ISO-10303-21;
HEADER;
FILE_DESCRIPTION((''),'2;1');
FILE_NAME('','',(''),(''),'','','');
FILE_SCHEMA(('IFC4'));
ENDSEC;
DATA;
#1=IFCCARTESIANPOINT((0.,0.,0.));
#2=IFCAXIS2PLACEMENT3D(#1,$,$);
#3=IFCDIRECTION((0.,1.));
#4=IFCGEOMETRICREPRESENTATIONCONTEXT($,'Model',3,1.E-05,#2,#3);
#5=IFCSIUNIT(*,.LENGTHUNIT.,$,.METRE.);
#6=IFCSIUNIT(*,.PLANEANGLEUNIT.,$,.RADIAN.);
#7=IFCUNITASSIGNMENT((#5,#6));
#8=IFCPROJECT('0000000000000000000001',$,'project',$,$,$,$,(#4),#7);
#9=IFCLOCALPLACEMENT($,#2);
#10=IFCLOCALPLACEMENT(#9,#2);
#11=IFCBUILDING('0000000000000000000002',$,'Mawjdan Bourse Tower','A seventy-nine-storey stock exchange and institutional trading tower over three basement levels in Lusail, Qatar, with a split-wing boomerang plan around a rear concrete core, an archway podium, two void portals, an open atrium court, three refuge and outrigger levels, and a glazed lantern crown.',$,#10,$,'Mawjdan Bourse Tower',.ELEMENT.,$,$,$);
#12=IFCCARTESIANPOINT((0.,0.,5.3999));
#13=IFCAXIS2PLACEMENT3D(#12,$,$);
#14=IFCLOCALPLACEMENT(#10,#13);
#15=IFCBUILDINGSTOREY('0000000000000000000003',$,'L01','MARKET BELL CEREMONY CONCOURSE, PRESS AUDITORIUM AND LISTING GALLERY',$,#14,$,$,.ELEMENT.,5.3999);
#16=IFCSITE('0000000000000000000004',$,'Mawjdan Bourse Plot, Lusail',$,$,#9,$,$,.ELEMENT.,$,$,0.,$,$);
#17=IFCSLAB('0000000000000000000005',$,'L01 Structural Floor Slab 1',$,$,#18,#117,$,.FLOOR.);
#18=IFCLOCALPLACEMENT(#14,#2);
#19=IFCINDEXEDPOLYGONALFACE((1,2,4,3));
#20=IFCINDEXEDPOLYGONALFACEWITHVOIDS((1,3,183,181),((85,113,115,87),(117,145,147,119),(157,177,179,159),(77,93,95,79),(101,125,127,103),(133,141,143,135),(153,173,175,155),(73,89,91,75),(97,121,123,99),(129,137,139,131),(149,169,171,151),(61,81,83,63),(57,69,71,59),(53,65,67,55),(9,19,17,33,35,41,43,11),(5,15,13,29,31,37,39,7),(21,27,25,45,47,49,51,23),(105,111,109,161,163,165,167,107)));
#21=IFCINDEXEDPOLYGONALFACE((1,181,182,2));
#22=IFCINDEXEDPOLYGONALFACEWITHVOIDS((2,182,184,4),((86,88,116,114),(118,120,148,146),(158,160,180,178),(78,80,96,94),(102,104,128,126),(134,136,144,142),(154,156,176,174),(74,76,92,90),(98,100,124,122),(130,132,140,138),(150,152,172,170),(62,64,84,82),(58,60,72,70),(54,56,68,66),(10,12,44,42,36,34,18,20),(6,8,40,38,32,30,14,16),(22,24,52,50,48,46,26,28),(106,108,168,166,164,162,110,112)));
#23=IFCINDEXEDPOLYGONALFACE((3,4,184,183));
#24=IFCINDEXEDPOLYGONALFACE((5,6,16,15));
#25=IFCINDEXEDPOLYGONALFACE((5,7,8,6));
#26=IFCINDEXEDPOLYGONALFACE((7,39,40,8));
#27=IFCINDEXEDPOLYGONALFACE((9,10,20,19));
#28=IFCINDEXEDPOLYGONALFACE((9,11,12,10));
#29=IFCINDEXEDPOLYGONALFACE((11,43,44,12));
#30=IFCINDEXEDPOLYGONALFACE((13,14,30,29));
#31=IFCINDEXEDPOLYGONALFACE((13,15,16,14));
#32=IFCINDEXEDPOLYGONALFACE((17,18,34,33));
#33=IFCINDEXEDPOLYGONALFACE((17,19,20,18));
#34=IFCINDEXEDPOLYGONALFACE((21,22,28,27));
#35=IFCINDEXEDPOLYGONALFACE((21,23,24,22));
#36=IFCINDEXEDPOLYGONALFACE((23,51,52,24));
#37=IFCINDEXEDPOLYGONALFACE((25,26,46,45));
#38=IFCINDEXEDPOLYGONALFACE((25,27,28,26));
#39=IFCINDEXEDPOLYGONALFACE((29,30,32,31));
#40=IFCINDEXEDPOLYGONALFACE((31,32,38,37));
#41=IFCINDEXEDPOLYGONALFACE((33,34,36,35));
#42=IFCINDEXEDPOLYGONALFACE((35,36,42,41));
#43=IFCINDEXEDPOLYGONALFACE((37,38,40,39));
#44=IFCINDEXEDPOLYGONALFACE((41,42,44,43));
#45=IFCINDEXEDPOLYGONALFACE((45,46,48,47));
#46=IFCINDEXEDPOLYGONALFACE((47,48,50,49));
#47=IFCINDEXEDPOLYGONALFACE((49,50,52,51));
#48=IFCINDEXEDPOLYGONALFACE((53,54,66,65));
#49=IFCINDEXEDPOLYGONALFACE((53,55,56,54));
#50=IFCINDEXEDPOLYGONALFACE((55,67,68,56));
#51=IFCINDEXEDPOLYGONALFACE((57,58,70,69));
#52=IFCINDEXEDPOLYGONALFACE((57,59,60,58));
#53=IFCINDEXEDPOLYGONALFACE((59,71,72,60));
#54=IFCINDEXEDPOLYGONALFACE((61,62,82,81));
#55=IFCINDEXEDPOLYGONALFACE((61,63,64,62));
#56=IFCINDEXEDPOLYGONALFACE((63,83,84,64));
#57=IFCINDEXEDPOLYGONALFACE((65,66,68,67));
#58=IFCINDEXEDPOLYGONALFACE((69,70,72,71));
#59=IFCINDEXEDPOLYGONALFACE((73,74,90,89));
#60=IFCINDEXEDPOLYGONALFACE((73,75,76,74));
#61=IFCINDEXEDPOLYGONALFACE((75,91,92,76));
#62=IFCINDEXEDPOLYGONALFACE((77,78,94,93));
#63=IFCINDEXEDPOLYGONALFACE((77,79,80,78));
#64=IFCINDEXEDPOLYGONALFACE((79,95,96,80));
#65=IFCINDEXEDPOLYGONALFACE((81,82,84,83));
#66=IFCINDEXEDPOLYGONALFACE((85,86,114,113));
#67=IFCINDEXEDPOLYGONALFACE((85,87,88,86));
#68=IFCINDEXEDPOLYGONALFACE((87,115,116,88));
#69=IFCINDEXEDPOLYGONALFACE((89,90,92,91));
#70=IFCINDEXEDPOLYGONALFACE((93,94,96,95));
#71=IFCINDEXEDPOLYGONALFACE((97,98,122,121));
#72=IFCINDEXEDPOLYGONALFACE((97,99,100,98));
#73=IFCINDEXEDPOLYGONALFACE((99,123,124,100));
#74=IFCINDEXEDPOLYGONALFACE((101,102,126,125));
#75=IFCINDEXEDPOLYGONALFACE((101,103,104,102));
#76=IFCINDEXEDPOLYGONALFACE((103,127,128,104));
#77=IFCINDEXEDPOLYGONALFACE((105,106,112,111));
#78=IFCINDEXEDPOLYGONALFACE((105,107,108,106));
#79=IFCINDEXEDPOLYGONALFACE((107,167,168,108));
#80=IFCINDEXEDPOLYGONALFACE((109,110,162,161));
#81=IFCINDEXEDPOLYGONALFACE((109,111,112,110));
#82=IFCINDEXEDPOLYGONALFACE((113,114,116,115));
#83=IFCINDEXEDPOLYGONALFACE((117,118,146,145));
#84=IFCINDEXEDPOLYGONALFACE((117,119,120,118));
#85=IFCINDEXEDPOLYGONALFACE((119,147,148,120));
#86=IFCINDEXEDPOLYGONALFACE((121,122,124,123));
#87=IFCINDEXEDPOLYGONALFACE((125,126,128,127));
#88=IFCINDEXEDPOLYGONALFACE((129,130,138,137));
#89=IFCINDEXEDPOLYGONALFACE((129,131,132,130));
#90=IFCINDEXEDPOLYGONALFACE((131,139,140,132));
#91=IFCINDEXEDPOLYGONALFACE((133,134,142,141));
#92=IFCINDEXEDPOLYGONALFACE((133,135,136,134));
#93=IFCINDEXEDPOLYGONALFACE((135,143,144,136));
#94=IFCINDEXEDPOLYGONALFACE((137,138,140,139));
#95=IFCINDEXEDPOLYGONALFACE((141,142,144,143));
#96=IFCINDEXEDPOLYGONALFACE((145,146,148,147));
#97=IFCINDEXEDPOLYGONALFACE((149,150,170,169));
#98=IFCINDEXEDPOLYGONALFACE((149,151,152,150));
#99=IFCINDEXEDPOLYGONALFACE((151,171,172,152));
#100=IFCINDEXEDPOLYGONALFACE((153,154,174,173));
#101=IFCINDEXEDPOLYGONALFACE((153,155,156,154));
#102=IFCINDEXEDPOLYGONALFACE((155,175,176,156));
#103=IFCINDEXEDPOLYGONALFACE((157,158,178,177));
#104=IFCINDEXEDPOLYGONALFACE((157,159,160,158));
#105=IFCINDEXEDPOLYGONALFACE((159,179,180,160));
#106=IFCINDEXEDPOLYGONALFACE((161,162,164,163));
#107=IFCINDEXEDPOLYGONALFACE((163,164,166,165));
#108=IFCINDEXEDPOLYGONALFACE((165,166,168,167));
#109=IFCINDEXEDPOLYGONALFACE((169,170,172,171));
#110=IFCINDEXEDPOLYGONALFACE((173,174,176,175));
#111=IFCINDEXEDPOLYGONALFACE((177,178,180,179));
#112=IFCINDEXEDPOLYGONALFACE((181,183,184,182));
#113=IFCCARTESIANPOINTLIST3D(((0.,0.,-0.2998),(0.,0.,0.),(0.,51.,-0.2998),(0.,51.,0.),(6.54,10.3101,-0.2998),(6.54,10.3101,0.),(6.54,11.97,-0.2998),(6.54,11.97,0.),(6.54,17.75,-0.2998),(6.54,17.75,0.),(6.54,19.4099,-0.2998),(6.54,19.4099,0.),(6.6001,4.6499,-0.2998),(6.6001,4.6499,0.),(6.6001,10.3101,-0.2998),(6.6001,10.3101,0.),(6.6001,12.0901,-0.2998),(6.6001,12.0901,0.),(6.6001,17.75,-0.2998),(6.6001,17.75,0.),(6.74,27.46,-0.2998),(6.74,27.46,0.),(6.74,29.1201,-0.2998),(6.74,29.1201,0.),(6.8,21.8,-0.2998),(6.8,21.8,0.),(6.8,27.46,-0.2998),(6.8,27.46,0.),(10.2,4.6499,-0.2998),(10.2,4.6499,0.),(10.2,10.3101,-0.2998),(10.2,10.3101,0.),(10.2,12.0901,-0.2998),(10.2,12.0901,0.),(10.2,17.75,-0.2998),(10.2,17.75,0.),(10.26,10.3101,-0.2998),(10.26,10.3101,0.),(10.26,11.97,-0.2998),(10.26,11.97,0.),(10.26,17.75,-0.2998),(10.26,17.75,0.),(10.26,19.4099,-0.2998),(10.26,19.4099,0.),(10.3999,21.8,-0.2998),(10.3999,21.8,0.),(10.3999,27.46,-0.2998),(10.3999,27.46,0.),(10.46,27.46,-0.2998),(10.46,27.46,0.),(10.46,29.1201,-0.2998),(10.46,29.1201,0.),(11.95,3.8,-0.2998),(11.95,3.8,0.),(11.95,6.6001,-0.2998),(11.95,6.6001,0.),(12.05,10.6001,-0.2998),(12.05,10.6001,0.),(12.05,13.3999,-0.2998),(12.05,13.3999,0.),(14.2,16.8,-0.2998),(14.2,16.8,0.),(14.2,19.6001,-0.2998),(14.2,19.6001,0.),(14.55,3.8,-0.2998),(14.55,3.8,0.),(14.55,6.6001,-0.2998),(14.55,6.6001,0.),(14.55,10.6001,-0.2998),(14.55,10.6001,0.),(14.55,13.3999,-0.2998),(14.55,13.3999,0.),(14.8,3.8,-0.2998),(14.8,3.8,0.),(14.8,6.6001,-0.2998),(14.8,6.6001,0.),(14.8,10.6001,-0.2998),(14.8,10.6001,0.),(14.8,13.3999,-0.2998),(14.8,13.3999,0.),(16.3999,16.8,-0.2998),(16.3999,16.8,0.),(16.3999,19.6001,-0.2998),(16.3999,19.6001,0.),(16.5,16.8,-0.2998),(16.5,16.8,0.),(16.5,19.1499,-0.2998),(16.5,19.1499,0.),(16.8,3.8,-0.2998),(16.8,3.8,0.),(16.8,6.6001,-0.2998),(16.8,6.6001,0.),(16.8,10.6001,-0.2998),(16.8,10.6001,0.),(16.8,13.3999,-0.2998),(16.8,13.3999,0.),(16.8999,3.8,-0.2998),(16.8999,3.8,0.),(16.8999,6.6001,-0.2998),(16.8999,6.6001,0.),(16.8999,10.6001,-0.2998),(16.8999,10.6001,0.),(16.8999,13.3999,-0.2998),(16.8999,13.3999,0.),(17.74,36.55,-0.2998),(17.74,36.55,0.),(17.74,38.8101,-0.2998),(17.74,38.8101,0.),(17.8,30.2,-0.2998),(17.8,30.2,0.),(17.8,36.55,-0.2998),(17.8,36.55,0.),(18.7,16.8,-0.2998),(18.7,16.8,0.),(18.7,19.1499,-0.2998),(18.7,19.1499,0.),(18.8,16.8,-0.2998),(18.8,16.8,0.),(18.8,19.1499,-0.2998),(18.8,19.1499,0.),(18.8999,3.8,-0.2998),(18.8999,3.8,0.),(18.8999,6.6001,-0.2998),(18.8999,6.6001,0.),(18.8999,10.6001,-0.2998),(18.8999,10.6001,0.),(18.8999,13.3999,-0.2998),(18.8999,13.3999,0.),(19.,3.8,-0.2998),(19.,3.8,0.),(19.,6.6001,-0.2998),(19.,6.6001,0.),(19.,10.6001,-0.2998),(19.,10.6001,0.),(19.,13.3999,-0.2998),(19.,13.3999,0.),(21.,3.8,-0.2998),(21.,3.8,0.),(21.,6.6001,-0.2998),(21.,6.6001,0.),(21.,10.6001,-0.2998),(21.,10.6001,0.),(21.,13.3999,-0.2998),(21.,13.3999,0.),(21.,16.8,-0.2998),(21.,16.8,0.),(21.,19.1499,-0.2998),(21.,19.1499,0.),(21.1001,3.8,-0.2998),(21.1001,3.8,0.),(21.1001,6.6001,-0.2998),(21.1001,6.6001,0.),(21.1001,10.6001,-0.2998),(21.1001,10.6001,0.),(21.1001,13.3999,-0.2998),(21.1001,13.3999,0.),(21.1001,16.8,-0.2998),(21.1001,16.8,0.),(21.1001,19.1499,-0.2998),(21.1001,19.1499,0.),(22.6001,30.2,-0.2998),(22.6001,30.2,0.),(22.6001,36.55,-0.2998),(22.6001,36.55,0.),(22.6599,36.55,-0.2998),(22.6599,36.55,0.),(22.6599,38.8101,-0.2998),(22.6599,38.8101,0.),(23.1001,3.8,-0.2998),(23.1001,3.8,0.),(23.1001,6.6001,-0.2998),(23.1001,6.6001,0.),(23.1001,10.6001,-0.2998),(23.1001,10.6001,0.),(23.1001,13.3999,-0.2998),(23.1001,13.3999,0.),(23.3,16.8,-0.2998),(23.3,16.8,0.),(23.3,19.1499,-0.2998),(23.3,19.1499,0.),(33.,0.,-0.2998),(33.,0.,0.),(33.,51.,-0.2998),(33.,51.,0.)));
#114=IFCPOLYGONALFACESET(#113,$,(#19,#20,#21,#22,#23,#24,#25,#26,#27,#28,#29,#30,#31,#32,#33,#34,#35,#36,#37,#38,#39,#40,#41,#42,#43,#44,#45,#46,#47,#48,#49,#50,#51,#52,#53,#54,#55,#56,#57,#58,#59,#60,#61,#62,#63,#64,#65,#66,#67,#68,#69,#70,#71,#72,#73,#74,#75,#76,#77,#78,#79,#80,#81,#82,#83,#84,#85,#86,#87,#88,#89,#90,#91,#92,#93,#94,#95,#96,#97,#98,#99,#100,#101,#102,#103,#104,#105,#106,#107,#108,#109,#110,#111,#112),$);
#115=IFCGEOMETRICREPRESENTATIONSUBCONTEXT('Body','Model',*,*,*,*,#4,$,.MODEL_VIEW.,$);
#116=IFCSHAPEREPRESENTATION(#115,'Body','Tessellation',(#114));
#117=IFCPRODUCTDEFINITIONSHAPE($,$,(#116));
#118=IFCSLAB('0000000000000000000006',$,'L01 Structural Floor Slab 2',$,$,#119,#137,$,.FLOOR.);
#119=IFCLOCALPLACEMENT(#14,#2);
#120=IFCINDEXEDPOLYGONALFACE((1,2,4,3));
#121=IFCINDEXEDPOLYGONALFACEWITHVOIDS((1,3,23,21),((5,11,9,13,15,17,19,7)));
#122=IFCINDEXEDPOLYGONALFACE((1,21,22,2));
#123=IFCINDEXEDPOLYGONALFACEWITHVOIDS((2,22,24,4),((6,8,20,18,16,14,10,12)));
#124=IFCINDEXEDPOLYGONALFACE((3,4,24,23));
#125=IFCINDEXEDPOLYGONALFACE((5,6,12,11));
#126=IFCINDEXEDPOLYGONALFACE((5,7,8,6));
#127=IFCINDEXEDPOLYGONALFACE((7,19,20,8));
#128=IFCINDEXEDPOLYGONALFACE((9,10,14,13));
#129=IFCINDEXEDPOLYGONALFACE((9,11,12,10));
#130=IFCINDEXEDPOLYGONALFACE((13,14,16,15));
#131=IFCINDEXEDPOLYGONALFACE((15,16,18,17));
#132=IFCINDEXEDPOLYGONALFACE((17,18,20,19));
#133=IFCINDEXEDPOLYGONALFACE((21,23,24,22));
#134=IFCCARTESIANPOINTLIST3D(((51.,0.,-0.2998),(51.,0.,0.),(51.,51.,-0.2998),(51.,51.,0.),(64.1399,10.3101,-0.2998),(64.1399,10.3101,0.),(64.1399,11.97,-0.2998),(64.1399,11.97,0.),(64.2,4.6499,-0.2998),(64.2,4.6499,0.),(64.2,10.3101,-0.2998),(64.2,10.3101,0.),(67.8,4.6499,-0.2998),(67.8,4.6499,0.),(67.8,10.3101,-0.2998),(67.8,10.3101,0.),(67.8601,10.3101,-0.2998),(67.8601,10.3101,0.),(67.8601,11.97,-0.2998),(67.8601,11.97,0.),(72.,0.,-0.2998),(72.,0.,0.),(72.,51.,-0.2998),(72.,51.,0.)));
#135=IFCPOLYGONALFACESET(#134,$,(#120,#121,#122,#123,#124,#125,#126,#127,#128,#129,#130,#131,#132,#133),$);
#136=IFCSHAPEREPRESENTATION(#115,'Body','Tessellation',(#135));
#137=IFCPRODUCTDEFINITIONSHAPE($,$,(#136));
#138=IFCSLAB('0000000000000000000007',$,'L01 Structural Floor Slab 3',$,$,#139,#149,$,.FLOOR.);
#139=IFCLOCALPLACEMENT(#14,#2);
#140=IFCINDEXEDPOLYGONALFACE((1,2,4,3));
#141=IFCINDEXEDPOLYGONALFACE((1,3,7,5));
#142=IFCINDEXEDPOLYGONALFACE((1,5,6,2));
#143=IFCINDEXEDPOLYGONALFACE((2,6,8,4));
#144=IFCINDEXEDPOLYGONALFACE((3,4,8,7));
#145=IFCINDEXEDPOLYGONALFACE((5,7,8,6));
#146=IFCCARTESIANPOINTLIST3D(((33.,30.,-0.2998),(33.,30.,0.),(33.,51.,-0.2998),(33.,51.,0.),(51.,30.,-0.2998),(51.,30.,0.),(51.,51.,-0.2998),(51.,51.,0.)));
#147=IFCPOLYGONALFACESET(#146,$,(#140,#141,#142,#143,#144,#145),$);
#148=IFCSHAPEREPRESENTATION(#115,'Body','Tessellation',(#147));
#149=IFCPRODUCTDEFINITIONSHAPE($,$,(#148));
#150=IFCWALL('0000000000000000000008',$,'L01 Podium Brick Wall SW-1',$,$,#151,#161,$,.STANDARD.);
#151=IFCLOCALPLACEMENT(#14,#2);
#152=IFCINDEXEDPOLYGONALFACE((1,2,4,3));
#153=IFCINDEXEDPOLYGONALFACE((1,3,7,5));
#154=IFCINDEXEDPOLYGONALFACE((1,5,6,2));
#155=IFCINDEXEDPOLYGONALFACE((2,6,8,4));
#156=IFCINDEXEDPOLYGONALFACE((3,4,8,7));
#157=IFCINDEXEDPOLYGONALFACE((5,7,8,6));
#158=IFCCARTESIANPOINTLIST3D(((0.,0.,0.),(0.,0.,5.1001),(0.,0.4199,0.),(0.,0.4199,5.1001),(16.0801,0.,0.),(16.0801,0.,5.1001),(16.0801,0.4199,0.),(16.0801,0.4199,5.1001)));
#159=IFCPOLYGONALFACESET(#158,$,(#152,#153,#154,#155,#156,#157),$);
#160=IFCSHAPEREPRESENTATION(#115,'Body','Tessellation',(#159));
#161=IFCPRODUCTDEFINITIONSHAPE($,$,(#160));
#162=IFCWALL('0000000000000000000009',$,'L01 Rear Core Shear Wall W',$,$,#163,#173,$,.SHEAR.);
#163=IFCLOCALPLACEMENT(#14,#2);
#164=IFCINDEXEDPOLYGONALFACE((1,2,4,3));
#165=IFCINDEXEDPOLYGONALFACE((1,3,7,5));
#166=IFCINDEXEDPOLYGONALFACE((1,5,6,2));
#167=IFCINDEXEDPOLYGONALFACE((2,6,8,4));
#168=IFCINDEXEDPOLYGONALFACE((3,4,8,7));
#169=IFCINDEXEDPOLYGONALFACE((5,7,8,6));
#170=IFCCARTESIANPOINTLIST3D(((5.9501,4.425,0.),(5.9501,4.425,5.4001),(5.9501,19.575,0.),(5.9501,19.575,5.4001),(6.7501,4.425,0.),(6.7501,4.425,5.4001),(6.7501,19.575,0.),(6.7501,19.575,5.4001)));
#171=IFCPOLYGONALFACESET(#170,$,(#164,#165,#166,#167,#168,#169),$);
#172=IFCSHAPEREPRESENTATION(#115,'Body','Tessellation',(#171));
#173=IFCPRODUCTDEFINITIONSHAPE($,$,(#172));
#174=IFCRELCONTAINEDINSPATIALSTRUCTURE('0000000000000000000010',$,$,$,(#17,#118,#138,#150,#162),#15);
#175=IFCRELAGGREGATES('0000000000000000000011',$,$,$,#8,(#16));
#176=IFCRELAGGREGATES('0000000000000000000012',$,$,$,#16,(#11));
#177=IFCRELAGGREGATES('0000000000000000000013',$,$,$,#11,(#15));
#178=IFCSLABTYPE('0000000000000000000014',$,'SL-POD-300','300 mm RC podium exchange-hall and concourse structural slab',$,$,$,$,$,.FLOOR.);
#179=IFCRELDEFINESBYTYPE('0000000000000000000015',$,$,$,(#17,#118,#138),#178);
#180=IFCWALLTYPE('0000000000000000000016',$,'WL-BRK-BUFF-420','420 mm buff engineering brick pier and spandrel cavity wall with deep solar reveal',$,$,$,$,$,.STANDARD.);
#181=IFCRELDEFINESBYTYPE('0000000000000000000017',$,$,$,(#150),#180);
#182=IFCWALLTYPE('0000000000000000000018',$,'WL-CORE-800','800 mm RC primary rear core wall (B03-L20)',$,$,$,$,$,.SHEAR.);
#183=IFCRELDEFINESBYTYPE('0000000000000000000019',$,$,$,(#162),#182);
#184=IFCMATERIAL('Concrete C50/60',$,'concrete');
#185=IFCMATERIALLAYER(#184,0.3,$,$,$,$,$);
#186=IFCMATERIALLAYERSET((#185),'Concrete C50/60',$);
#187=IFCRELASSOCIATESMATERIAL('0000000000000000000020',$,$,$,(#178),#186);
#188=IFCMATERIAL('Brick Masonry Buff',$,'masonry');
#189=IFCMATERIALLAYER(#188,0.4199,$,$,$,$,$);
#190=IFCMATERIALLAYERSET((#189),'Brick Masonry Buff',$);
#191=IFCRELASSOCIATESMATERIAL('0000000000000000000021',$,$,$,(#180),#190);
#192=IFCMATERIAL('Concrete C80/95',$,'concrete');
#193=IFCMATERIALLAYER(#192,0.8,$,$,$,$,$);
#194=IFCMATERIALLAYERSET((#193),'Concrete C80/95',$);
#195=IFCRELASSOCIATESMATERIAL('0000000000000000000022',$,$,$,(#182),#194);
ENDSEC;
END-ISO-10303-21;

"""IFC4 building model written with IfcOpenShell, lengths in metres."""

from ifc_helpers import new_model, si_unit, direction, frame, frame_2d, origin, place, context, subcontext, project, spatial, polyline, rectangle, outline, extrude, material, layer, layer_set, type_object, element, save


model = new_model("IFC4")

# Units and contexts
model_context = context("Model", 3, precision=1e-05, world=origin(), true_north=direction((0.0, 1.0)))
body_context = subcontext(model_context, "Body", "Model", "MODEL_VIEW")
ifc_project = project(units=[si_unit("LENGTHUNIT", "METRE"), si_unit("PLANEANGLEUNIT", "RADIAN")], contexts=[model_context])

# Site, building, storey
site_placement = place(None, origin())
site = spatial("IfcSite", under=ifc_project, at=site_placement, Name="Mawjdan Bourse Plot, Lusail", CompositionType="ELEMENT", RefElevation=0.0)
building_placement = place(site_placement, origin())
building = spatial("IfcBuilding", under=site, at=building_placement, Name="Mawjdan Bourse Tower", Description="A seventy-nine-storey stock exchange and institutional trading tower over three basement levels in Lusail, Qatar, with a split-wing boomerang plan around a rear concrete core, an archway podium, two void portals, an open atrium court, three refuge and outrigger levels, and a glazed lantern crown.", LongName="Mawjdan Bourse Tower", CompositionType="ELEMENT")
storey_placement = place(building_placement, frame((0.0, 0.0, 5.3999)))
storey = spatial("IfcBuildingStorey", under=building, at=storey_placement, Name="L01", Description="MARKET BELL CEREMONY CONCOURSE, PRESS AUDITORIUM AND LISTING GALLERY", CompositionType="ELEMENT", Elevation=5.3999)

# Shared definitions
ifc_material_1 = material(Name="Concrete C80/95", Category="concrete")

# Shared definitions
ifc_material_2 = material(Name="Concrete C50/60", Category="concrete")

# Slabs
ifc_layer_1 = layer(ifc_material_2, 0.3)
ifc_layer_set_1 = layer_set([ifc_layer_1], Name="Concrete C50/60")
slab_type_1 = type_object("IfcSlabType", Name="SL-POD-300", Description="300 mm RC podium exchange-hall and concourse structural slab", PredefinedType="FLOOR", material=ifc_layer_set_1)
slab_1_placement = place(storey_placement, frame((0.0, 0.0, -0.2998)))
element("IfcSlab", 1, at=slab_1_placement, inside=storey, type_object=slab_type_1, Name="L01 Structural Floor Slab 1", PredefinedType="FLOOR", context=body_context, shape_type="SweptSolid", body=[
    extrude(outline(polyline([(0.0, 0.0), (33.0, 0.0), (33.0, 51.0), (0.0, 51.0), (0.0, 0.0)]), holes=[polyline([(11.95, 3.8), (11.95, 6.6001), (14.55, 6.6001), (14.55, 3.8), (11.95, 3.8)]), polyline([(14.8, 3.8), (14.8, 6.6001), (16.8, 6.6001), (16.8, 3.8), (14.8, 3.8)]), polyline([(10.26, 11.97), (10.26, 10.3101), (10.2, 10.3101), (10.2, 4.6499), (6.6001, 4.6499), (6.6001, 10.3101), (6.54, 10.3101), (6.54, 11.97), (10.26, 11.97)]), polyline([(12.05, 13.3999), (14.55, 13.3999), (14.55, 10.6001), (12.05, 10.6001), (12.05, 13.3999)]), polyline([(14.8, 10.6001), (14.8, 13.3999), (16.8, 13.3999), (16.8, 10.6001), (14.8, 10.6001)]), polyline([(6.6001, 17.75), (6.54, 17.75), (6.54, 19.4099), (10.26, 19.4099), (10.26, 17.75), (10.2, 17.75), (10.2, 12.0901), (6.6001, 12.0901), (6.6001, 17.75)]), polyline([(14.2, 19.6001), (16.3999, 19.6001), (16.3999, 16.8), (14.2, 16.8), (14.2, 19.6001)]), polyline([(10.46, 27.46), (10.3999, 27.46), (10.3999, 21.8), (6.8, 21.8), (6.8, 27.46), (6.74, 27.46), (6.74, 29.1201), (10.46, 29.1201), (10.46, 27.46)]), polyline([(16.8999, 3.8), (16.8999, 6.6001), (18.8999, 6.6001), (18.8999, 3.8), (16.8999, 3.8)]), polyline([(19.0, 3.8), (19.0, 6.6001), (21.0, 6.6001), (21.0, 3.8), (19.0, 3.8)]), polyline([(21.1001, 3.8), (21.1001, 6.6001), (23.1001, 6.6001), (23.1001, 3.8), (21.1001, 3.8)]), polyline([(16.8999, 13.3999), (18.8999, 13.3999), (18.8999, 10.6001), (16.8999, 10.6001), (16.8999, 13.3999)]), polyline([(19.0, 13.3999), (21.0, 13.3999), (21.0, 10.6001), (19.0, 10.6001), (19.0, 13.3999)]), polyline([(21.1001, 10.6001), (21.1001, 13.3999), (23.1001, 13.3999), (23.1001, 10.6001), (21.1001, 10.6001)]), polyline([(16.5, 19.1499), (18.7, 19.1499), (18.7, 16.8), (16.5, 16.8), (16.5, 19.1499)]), polyline([(18.8, 19.1499), (21.0, 19.1499), (21.0, 16.8), (18.8, 16.8), (18.8, 19.1499)]), polyline([(21.1001, 16.8), (21.1001, 19.1499), (23.3, 19.1499), (23.3, 16.8), (21.1001, 16.8)]), polyline([(22.6599, 36.55), (22.6001, 36.55), (22.6001, 30.2), (17.8, 30.2), (17.8, 36.55), (17.74, 36.55), (17.74, 38.8101), (22.6599, 38.8101), (22.6599, 36.55)])]), origin(), (0.0, 0.0, 1.0), 0.2998),
])
slab_2_placement = place(storey_placement, frame((0.0, 0.0, -0.2998)))
element("IfcSlab", 2, at=slab_2_placement, inside=storey, type_object=slab_type_1, Name="L01 Structural Floor Slab 2", PredefinedType="FLOOR", context=body_context, shape_type="SweptSolid", body=[
    extrude(outline(polyline([(51.0, 0.0), (72.0, 0.0), (72.0, 51.0), (51.0, 51.0), (51.0, 0.0)]), holes=[polyline([(64.2, 10.3101), (64.1399, 10.3101), (64.1399, 11.97), (67.8601, 11.97), (67.8601, 10.3101), (67.8, 10.3101), (67.8, 4.6499), (64.2, 4.6499), (64.2, 10.3101)])]), origin(), (0.0, 0.0, 1.0), 0.2998),
])
slab_3_placement = place(storey_placement, frame((0.0, 0.0, -0.2998)))
element("IfcSlab", 3, at=slab_3_placement, inside=storey, type_object=slab_type_1, Name="L01 Structural Floor Slab 3", PredefinedType="FLOOR", context=body_context, shape_type="SweptSolid", body=[
    extrude(outline(polyline([(33.0, 30.0), (51.0, 30.0), (51.0, 51.0), (33.0, 51.0), (33.0, 30.0)])), origin(), (0.0, 0.0, 1.0), 0.2998),
])

# Wall
ifc_material_3 = material(Name="Brick Masonry Buff", Category="masonry")
ifc_layer_2 = layer(ifc_material_3, 0.4199)
ifc_layer_set_2 = layer_set([ifc_layer_2], Name="Brick Masonry Buff")
wall_type_1 = type_object("IfcWallType", Name="WL-BRK-BUFF-420", Description="420 mm buff engineering brick pier and spandrel cavity wall with deep solar reveal", PredefinedType="STANDARD", material=ifc_layer_set_2)
wall_1_placement = place(storey_placement, frame((0.0, 0.21, 0.0), z_axis=(0.0, 0.0, 1.0), x_axis=(1.0, 0.0, 0.0)))
element("IfcWall", 4, at=wall_1_placement, inside=storey, type_object=wall_type_1, Name="L01 Podium Brick Wall SW-1", PredefinedType="STANDARD", context=body_context, shape_type="SweptSolid", body=[
    extrude(rectangle(XDim=16.0801, YDim=0.4199, at=frame_2d((8.04, 0.0))), origin(), (0.0, 0.0, 1.0), 5.1001),
])

# Wall
ifc_layer_3 = layer(ifc_material_1, 0.8)
ifc_layer_set_3 = layer_set([ifc_layer_3], Name="Concrete C80/95")
wall_type_2 = type_object("IfcWallType", Name="WL-CORE-800", Description="800 mm RC primary rear core wall (B03-L20)", PredefinedType="SHEAR", material=ifc_layer_set_3)
wall_2_placement = place(storey_placement, frame((6.3501, 4.425, 0.0), z_axis=(0.0, 0.0, 1.0), x_axis=(0.0, 1.0, 0.0)))
element("IfcWall", 5, at=wall_2_placement, inside=storey, type_object=wall_type_2, Name="L01 Rear Core Shear Wall W", PredefinedType="SHEAR", context=body_context, shape_type="SweptSolid", body=[
    extrude(rectangle(XDim=15.1499, YDim=0.8, at=frame_2d((7.575, 0.0))), origin(), (0.0, 0.0, 1.0), 5.4001),
])

save(model, "model.ifc")
